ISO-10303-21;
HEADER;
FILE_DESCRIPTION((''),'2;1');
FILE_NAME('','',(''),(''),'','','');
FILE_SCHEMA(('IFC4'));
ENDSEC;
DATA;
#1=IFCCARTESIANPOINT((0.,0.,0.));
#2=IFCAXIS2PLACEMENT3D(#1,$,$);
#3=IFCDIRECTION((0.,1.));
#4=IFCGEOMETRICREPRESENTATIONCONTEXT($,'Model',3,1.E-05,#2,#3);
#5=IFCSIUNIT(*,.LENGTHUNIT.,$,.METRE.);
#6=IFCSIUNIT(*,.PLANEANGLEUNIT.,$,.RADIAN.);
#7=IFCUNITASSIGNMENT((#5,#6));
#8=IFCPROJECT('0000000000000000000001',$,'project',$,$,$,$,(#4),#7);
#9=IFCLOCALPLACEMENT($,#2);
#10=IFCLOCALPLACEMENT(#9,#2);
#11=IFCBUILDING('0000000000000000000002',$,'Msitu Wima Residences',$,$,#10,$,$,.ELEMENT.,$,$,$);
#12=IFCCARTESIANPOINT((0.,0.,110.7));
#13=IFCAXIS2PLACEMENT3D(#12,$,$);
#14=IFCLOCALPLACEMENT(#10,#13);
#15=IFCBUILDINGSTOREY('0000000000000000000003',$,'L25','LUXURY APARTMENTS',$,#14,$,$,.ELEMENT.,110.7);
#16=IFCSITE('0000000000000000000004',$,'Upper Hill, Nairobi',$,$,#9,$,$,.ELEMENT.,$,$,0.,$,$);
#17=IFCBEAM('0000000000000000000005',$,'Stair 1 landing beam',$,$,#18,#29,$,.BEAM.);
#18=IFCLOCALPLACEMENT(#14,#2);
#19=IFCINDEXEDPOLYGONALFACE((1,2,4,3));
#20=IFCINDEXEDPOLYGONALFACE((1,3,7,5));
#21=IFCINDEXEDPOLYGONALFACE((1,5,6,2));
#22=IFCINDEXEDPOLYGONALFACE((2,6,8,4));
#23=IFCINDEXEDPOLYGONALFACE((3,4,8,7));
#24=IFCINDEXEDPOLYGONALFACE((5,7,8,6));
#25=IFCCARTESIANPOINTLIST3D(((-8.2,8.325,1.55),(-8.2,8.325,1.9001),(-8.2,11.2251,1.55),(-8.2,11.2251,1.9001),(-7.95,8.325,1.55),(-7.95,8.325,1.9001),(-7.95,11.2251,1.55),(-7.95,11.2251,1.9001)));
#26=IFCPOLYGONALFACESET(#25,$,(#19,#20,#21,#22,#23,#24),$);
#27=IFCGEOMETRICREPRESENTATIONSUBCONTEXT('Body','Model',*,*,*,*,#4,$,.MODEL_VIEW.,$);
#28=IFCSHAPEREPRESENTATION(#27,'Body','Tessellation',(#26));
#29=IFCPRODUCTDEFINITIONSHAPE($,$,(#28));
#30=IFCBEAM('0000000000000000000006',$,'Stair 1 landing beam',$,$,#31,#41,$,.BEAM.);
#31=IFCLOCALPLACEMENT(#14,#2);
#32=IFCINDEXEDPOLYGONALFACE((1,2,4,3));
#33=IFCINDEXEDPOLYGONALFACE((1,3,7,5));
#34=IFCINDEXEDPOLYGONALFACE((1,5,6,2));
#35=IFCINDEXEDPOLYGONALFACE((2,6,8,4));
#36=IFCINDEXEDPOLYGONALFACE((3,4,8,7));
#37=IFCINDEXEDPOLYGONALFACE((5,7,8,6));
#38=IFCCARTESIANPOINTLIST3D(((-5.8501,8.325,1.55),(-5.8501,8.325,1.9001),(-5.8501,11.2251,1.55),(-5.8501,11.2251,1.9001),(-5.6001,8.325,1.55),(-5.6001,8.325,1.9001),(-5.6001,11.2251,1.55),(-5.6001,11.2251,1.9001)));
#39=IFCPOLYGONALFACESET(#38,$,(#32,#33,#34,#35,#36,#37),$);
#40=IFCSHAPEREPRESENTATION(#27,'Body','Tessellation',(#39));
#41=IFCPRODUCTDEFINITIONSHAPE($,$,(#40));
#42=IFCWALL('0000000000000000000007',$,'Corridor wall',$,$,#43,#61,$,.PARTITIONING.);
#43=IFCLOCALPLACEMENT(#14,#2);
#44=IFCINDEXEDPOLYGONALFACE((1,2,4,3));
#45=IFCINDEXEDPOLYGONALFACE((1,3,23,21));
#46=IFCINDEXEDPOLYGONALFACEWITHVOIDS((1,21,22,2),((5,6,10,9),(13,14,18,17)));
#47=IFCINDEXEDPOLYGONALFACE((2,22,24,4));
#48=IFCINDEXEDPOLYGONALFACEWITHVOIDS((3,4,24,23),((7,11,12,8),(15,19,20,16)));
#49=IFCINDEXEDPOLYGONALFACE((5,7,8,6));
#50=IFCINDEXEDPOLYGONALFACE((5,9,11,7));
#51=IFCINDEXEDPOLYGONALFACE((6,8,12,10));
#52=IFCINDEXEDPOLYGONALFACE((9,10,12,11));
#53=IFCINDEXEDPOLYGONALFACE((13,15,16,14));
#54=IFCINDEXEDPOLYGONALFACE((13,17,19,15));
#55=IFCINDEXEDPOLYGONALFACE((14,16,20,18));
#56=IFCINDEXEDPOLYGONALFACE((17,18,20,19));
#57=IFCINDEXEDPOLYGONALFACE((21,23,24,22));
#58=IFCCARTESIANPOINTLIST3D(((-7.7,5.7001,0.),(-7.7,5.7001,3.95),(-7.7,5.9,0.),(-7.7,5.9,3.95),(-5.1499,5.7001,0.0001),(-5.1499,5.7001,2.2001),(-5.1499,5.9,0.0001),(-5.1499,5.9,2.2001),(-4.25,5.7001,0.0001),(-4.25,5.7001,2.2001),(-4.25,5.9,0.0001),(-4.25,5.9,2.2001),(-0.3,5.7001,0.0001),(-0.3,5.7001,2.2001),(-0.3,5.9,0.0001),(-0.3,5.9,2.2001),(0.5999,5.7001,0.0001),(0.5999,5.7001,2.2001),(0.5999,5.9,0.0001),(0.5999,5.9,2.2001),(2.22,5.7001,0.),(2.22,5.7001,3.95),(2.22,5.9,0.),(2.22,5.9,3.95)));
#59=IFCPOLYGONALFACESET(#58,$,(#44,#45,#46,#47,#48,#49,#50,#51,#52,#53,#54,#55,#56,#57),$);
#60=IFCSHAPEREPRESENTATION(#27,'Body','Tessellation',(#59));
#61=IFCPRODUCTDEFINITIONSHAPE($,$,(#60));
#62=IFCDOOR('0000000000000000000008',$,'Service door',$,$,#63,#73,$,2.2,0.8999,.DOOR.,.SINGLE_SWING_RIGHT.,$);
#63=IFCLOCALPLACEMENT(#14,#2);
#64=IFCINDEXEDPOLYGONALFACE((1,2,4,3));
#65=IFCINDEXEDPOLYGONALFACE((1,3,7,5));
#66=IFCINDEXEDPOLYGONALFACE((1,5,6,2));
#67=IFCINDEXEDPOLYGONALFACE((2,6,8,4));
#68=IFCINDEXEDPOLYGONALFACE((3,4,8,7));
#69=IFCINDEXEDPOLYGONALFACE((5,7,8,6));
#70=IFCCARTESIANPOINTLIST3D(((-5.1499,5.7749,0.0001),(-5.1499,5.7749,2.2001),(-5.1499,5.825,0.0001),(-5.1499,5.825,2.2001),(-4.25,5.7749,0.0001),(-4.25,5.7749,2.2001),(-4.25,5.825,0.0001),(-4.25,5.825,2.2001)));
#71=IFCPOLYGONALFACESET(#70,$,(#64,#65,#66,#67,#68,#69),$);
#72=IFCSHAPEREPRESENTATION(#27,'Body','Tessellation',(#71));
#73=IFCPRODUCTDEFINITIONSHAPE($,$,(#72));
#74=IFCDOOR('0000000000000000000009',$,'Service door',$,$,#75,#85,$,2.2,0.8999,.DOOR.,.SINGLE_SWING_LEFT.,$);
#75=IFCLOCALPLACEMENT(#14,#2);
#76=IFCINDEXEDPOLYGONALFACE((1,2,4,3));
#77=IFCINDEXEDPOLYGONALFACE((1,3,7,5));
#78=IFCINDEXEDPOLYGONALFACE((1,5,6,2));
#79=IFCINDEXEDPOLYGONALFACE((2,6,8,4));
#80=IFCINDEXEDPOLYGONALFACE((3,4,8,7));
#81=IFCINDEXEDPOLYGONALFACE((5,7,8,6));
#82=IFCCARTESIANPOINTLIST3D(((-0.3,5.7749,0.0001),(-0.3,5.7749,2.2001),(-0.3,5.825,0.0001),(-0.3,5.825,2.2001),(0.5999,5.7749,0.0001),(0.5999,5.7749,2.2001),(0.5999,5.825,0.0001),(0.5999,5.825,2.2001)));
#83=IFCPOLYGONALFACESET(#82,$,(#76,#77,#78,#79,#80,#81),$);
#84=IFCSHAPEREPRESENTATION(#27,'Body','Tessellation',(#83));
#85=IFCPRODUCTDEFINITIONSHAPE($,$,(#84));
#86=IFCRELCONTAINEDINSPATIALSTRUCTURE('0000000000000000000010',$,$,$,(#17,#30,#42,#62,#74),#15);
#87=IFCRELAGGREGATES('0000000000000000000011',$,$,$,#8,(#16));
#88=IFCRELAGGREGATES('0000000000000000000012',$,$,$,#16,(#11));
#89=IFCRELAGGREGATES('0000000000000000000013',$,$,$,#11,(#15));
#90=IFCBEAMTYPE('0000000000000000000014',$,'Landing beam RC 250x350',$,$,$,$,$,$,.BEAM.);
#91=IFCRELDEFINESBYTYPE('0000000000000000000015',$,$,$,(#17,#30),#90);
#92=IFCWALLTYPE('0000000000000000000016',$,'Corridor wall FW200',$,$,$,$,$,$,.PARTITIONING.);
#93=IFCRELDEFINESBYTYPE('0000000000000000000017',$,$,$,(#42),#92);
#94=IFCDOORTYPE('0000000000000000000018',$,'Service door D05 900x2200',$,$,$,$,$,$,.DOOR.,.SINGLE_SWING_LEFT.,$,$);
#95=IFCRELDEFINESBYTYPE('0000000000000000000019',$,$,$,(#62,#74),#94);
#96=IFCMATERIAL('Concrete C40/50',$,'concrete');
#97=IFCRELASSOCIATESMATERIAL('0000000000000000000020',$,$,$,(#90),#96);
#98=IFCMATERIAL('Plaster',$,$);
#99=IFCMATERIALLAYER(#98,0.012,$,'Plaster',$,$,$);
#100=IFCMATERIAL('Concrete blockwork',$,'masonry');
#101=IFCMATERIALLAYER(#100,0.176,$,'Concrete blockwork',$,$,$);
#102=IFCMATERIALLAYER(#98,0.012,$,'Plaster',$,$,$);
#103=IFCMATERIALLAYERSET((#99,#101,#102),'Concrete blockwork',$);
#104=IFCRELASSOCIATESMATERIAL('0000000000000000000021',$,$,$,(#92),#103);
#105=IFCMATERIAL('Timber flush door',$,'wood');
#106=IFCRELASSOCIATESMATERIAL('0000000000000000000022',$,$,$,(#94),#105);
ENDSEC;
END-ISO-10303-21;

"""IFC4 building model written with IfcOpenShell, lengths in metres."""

from ifc_helpers import new_model, si_unit, direction, frame, frame_2d, origin, origin_2d, place, context, subcontext, project, spatial, rectangle, extrude, material, layer, layer_set, material_profile, profile_set, type_object, element, fill, save


model = new_model("IFC4")

# Units and contexts
model_context = context("Model", 3, precision=1e-05, world=origin(), true_north=direction((0.0, 1.0)))
body_context = subcontext(model_context, "Body", "Model", "MODEL_VIEW")
ifc_project = project(units=[si_unit("LENGTHUNIT", "METRE"), si_unit("PLANEANGLEUNIT", "RADIAN")], contexts=[model_context])

# Site, building, storey
site_placement = place(None, origin())
site = spatial("IfcSite", under=ifc_project, at=site_placement, Name="Upper Hill, Nairobi", CompositionType="ELEMENT", RefElevation=0.0)
building_placement = place(site_placement, origin())
building = spatial("IfcBuilding", under=site, at=building_placement, Name="Msitu Wima Residences", CompositionType="ELEMENT")
storey_placement = place(building_placement, frame((0.0, 0.0, 110.7)))
storey = spatial("IfcBuildingStorey", under=building, at=storey_placement, Name="L25", Description="LUXURY APARTMENTS", CompositionType="ELEMENT", Elevation=110.7)

# Beams
ifc_material_1 = material(Name="Concrete C40/50", Category="concrete")
ifc_material_profile = material_profile(ifc_material_1, rectangle(XDim=0.25, YDim=0.3501, at=origin_2d()), Name="RC 250x350")
ifc_profile_set = profile_set([ifc_material_profile], Name="Concrete C40/50")
beam_type = type_object("IfcBeamType", Name="Landing beam RC 250x350", PredefinedType="BEAM", material=ifc_profile_set)
for number, where, z_axis, x_axis, name in (
    (1, (-8.075, 8.325, 1.7251), (0.0, 1.0, 0.0), (-1.0, 0.0, 0.0), "Stair 1 landing beam"),
    (2, (-5.7251, 8.325, 1.7251), (0.0, 1.0, 0.0), (-1.0, 0.0, 0.0), "Stair 1 landing beam"),
):
    element("IfcBeam", number, at=place(storey_placement, frame(where, z_axis=z_axis, x_axis=x_axis)), inside=storey, type_object=beam_type, Name=name, PredefinedType="BEAM", context=body_context, shape_type="SweptSolid", body=[
        extrude(rectangle(XDim=0.25, YDim=0.3501, at=origin_2d()), origin(), (0.0, 0.0, 1.0), 2.9001),
    ])

# Shared definitions
ifc_material_2 = material(Name="Plaster")
ifc_layer_1 = layer(ifc_material_2, 0.012, Name="Plaster")
ifc_material_3 = material(Name="Concrete blockwork", Category="masonry")
ifc_layer_2 = layer(ifc_material_3, 0.176, Name="Concrete blockwork")
ifc_layer_3 = layer(ifc_material_2, 0.012, Name="Plaster")
ifc_layer_set_1 = layer_set([ifc_layer_1, ifc_layer_2, ifc_layer_3], Name="Concrete blockwork")
wall_type_1 = type_object("IfcWallType", Name="Corridor wall FW200", PredefinedType="PARTITIONING", material=ifc_layer_set_1)

# Wall, openings, doors
wall_1_placement = place(storey_placement, frame((-7.7, 5.8, 0.0), z_axis=(0.0, 0.0, 1.0), x_axis=(1.0, 0.0, 0.0)))
wall_1 = element("IfcWall", 3, at=wall_1_placement, inside=storey, type_object=wall_type_1, Name="Corridor wall", PredefinedType="PARTITIONING", context=body_context, shape_type="SweptSolid", body=[
    extrude(rectangle(XDim=9.9199, YDim=0.2, at=frame_2d((4.96, 0.0))), origin(), (0.0, 0.0, 1.0), 3.95),
])
opening_1_placement = place(wall_1_placement, frame((2.55, 0.0, 0.0)))
opening_1 = element("IfcOpeningElement", 4, at=opening_1_placement, cuts=wall_1, PredefinedType="OPENING", context=body_context, shape_type="SweptSolid", body=[
    extrude(rectangle(XDim=0.8999, YDim=2.2, at=frame_2d((0.45, 1.1001))), frame((0.0, 0.1099, 0.0), z_axis=(0.0, -1.0, 0.0), x_axis=(1.0, 0.0, 0.0)), (0.0, 0.0, 1.0), 0.22),
])
opening_2_placement = place(wall_1_placement, frame((7.3999, 0.0, 0.0)))
opening_2 = element("IfcOpeningElement", 5, at=opening_2_placement, cuts=wall_1, PredefinedType="OPENING", context=body_context, shape_type="SweptSolid", body=[
    extrude(rectangle(XDim=0.8999, YDim=2.2, at=frame_2d((0.45, 1.1001))), frame((0.0, 0.1099, 0.0), z_axis=(0.0, -1.0, 0.0), x_axis=(1.0, 0.0, 0.0)), (0.0, 0.0, 1.0), 0.22),
])
ifc_material_4 = material(Name="Timber flush door", Category="wood")
door_type_1 = type_object("IfcDoorType", Name="Service door D05 900x2200", OperationType="SINGLE_SWING_LEFT", PredefinedType="DOOR", material=ifc_material_4)
door_1_placement = place(opening_1_placement, origin())
door_1 = element("IfcDoor", 6, at=door_1_placement, inside=storey, type_object=door_type_1, Name="Service door", OperationType="SINGLE_SWING_RIGHT", OverallHeight=2.2, OverallWidth=0.8999, PredefinedType="DOOR", context=body_context, shape_type="SweptSolid", body=[
    extrude(rectangle(XDim=0.8999, YDim=2.2, at=frame_2d((0.45, 1.1001))), frame((0.0, 0.0249, 0.0), z_axis=(0.0, -1.0, 0.0), x_axis=(1.0, 0.0, 0.0)), (0.0, 0.0, 1.0), 0.05),
])
fill(opening_1, door_1)
door_2_placement = place(opening_2_placement, origin())
door_2 = element("IfcDoor", 7, at=door_2_placement, inside=storey, type_object=door_type_1, Name="Service door", OperationType="SINGLE_SWING_LEFT", OverallHeight=2.2, OverallWidth=0.8999, PredefinedType="DOOR", context=body_context, shape_type="SweptSolid", body=[
    extrude(rectangle(XDim=0.8999, YDim=2.2, at=frame_2d((0.45, 1.1001))), frame((0.0, 0.0249, 0.0), z_axis=(0.0, -1.0, 0.0), x_axis=(1.0, 0.0, 0.0)), (0.0, 0.0, 1.0), 0.05),
])
fill(opening_2, door_2)

save(model, "model.ifc")
